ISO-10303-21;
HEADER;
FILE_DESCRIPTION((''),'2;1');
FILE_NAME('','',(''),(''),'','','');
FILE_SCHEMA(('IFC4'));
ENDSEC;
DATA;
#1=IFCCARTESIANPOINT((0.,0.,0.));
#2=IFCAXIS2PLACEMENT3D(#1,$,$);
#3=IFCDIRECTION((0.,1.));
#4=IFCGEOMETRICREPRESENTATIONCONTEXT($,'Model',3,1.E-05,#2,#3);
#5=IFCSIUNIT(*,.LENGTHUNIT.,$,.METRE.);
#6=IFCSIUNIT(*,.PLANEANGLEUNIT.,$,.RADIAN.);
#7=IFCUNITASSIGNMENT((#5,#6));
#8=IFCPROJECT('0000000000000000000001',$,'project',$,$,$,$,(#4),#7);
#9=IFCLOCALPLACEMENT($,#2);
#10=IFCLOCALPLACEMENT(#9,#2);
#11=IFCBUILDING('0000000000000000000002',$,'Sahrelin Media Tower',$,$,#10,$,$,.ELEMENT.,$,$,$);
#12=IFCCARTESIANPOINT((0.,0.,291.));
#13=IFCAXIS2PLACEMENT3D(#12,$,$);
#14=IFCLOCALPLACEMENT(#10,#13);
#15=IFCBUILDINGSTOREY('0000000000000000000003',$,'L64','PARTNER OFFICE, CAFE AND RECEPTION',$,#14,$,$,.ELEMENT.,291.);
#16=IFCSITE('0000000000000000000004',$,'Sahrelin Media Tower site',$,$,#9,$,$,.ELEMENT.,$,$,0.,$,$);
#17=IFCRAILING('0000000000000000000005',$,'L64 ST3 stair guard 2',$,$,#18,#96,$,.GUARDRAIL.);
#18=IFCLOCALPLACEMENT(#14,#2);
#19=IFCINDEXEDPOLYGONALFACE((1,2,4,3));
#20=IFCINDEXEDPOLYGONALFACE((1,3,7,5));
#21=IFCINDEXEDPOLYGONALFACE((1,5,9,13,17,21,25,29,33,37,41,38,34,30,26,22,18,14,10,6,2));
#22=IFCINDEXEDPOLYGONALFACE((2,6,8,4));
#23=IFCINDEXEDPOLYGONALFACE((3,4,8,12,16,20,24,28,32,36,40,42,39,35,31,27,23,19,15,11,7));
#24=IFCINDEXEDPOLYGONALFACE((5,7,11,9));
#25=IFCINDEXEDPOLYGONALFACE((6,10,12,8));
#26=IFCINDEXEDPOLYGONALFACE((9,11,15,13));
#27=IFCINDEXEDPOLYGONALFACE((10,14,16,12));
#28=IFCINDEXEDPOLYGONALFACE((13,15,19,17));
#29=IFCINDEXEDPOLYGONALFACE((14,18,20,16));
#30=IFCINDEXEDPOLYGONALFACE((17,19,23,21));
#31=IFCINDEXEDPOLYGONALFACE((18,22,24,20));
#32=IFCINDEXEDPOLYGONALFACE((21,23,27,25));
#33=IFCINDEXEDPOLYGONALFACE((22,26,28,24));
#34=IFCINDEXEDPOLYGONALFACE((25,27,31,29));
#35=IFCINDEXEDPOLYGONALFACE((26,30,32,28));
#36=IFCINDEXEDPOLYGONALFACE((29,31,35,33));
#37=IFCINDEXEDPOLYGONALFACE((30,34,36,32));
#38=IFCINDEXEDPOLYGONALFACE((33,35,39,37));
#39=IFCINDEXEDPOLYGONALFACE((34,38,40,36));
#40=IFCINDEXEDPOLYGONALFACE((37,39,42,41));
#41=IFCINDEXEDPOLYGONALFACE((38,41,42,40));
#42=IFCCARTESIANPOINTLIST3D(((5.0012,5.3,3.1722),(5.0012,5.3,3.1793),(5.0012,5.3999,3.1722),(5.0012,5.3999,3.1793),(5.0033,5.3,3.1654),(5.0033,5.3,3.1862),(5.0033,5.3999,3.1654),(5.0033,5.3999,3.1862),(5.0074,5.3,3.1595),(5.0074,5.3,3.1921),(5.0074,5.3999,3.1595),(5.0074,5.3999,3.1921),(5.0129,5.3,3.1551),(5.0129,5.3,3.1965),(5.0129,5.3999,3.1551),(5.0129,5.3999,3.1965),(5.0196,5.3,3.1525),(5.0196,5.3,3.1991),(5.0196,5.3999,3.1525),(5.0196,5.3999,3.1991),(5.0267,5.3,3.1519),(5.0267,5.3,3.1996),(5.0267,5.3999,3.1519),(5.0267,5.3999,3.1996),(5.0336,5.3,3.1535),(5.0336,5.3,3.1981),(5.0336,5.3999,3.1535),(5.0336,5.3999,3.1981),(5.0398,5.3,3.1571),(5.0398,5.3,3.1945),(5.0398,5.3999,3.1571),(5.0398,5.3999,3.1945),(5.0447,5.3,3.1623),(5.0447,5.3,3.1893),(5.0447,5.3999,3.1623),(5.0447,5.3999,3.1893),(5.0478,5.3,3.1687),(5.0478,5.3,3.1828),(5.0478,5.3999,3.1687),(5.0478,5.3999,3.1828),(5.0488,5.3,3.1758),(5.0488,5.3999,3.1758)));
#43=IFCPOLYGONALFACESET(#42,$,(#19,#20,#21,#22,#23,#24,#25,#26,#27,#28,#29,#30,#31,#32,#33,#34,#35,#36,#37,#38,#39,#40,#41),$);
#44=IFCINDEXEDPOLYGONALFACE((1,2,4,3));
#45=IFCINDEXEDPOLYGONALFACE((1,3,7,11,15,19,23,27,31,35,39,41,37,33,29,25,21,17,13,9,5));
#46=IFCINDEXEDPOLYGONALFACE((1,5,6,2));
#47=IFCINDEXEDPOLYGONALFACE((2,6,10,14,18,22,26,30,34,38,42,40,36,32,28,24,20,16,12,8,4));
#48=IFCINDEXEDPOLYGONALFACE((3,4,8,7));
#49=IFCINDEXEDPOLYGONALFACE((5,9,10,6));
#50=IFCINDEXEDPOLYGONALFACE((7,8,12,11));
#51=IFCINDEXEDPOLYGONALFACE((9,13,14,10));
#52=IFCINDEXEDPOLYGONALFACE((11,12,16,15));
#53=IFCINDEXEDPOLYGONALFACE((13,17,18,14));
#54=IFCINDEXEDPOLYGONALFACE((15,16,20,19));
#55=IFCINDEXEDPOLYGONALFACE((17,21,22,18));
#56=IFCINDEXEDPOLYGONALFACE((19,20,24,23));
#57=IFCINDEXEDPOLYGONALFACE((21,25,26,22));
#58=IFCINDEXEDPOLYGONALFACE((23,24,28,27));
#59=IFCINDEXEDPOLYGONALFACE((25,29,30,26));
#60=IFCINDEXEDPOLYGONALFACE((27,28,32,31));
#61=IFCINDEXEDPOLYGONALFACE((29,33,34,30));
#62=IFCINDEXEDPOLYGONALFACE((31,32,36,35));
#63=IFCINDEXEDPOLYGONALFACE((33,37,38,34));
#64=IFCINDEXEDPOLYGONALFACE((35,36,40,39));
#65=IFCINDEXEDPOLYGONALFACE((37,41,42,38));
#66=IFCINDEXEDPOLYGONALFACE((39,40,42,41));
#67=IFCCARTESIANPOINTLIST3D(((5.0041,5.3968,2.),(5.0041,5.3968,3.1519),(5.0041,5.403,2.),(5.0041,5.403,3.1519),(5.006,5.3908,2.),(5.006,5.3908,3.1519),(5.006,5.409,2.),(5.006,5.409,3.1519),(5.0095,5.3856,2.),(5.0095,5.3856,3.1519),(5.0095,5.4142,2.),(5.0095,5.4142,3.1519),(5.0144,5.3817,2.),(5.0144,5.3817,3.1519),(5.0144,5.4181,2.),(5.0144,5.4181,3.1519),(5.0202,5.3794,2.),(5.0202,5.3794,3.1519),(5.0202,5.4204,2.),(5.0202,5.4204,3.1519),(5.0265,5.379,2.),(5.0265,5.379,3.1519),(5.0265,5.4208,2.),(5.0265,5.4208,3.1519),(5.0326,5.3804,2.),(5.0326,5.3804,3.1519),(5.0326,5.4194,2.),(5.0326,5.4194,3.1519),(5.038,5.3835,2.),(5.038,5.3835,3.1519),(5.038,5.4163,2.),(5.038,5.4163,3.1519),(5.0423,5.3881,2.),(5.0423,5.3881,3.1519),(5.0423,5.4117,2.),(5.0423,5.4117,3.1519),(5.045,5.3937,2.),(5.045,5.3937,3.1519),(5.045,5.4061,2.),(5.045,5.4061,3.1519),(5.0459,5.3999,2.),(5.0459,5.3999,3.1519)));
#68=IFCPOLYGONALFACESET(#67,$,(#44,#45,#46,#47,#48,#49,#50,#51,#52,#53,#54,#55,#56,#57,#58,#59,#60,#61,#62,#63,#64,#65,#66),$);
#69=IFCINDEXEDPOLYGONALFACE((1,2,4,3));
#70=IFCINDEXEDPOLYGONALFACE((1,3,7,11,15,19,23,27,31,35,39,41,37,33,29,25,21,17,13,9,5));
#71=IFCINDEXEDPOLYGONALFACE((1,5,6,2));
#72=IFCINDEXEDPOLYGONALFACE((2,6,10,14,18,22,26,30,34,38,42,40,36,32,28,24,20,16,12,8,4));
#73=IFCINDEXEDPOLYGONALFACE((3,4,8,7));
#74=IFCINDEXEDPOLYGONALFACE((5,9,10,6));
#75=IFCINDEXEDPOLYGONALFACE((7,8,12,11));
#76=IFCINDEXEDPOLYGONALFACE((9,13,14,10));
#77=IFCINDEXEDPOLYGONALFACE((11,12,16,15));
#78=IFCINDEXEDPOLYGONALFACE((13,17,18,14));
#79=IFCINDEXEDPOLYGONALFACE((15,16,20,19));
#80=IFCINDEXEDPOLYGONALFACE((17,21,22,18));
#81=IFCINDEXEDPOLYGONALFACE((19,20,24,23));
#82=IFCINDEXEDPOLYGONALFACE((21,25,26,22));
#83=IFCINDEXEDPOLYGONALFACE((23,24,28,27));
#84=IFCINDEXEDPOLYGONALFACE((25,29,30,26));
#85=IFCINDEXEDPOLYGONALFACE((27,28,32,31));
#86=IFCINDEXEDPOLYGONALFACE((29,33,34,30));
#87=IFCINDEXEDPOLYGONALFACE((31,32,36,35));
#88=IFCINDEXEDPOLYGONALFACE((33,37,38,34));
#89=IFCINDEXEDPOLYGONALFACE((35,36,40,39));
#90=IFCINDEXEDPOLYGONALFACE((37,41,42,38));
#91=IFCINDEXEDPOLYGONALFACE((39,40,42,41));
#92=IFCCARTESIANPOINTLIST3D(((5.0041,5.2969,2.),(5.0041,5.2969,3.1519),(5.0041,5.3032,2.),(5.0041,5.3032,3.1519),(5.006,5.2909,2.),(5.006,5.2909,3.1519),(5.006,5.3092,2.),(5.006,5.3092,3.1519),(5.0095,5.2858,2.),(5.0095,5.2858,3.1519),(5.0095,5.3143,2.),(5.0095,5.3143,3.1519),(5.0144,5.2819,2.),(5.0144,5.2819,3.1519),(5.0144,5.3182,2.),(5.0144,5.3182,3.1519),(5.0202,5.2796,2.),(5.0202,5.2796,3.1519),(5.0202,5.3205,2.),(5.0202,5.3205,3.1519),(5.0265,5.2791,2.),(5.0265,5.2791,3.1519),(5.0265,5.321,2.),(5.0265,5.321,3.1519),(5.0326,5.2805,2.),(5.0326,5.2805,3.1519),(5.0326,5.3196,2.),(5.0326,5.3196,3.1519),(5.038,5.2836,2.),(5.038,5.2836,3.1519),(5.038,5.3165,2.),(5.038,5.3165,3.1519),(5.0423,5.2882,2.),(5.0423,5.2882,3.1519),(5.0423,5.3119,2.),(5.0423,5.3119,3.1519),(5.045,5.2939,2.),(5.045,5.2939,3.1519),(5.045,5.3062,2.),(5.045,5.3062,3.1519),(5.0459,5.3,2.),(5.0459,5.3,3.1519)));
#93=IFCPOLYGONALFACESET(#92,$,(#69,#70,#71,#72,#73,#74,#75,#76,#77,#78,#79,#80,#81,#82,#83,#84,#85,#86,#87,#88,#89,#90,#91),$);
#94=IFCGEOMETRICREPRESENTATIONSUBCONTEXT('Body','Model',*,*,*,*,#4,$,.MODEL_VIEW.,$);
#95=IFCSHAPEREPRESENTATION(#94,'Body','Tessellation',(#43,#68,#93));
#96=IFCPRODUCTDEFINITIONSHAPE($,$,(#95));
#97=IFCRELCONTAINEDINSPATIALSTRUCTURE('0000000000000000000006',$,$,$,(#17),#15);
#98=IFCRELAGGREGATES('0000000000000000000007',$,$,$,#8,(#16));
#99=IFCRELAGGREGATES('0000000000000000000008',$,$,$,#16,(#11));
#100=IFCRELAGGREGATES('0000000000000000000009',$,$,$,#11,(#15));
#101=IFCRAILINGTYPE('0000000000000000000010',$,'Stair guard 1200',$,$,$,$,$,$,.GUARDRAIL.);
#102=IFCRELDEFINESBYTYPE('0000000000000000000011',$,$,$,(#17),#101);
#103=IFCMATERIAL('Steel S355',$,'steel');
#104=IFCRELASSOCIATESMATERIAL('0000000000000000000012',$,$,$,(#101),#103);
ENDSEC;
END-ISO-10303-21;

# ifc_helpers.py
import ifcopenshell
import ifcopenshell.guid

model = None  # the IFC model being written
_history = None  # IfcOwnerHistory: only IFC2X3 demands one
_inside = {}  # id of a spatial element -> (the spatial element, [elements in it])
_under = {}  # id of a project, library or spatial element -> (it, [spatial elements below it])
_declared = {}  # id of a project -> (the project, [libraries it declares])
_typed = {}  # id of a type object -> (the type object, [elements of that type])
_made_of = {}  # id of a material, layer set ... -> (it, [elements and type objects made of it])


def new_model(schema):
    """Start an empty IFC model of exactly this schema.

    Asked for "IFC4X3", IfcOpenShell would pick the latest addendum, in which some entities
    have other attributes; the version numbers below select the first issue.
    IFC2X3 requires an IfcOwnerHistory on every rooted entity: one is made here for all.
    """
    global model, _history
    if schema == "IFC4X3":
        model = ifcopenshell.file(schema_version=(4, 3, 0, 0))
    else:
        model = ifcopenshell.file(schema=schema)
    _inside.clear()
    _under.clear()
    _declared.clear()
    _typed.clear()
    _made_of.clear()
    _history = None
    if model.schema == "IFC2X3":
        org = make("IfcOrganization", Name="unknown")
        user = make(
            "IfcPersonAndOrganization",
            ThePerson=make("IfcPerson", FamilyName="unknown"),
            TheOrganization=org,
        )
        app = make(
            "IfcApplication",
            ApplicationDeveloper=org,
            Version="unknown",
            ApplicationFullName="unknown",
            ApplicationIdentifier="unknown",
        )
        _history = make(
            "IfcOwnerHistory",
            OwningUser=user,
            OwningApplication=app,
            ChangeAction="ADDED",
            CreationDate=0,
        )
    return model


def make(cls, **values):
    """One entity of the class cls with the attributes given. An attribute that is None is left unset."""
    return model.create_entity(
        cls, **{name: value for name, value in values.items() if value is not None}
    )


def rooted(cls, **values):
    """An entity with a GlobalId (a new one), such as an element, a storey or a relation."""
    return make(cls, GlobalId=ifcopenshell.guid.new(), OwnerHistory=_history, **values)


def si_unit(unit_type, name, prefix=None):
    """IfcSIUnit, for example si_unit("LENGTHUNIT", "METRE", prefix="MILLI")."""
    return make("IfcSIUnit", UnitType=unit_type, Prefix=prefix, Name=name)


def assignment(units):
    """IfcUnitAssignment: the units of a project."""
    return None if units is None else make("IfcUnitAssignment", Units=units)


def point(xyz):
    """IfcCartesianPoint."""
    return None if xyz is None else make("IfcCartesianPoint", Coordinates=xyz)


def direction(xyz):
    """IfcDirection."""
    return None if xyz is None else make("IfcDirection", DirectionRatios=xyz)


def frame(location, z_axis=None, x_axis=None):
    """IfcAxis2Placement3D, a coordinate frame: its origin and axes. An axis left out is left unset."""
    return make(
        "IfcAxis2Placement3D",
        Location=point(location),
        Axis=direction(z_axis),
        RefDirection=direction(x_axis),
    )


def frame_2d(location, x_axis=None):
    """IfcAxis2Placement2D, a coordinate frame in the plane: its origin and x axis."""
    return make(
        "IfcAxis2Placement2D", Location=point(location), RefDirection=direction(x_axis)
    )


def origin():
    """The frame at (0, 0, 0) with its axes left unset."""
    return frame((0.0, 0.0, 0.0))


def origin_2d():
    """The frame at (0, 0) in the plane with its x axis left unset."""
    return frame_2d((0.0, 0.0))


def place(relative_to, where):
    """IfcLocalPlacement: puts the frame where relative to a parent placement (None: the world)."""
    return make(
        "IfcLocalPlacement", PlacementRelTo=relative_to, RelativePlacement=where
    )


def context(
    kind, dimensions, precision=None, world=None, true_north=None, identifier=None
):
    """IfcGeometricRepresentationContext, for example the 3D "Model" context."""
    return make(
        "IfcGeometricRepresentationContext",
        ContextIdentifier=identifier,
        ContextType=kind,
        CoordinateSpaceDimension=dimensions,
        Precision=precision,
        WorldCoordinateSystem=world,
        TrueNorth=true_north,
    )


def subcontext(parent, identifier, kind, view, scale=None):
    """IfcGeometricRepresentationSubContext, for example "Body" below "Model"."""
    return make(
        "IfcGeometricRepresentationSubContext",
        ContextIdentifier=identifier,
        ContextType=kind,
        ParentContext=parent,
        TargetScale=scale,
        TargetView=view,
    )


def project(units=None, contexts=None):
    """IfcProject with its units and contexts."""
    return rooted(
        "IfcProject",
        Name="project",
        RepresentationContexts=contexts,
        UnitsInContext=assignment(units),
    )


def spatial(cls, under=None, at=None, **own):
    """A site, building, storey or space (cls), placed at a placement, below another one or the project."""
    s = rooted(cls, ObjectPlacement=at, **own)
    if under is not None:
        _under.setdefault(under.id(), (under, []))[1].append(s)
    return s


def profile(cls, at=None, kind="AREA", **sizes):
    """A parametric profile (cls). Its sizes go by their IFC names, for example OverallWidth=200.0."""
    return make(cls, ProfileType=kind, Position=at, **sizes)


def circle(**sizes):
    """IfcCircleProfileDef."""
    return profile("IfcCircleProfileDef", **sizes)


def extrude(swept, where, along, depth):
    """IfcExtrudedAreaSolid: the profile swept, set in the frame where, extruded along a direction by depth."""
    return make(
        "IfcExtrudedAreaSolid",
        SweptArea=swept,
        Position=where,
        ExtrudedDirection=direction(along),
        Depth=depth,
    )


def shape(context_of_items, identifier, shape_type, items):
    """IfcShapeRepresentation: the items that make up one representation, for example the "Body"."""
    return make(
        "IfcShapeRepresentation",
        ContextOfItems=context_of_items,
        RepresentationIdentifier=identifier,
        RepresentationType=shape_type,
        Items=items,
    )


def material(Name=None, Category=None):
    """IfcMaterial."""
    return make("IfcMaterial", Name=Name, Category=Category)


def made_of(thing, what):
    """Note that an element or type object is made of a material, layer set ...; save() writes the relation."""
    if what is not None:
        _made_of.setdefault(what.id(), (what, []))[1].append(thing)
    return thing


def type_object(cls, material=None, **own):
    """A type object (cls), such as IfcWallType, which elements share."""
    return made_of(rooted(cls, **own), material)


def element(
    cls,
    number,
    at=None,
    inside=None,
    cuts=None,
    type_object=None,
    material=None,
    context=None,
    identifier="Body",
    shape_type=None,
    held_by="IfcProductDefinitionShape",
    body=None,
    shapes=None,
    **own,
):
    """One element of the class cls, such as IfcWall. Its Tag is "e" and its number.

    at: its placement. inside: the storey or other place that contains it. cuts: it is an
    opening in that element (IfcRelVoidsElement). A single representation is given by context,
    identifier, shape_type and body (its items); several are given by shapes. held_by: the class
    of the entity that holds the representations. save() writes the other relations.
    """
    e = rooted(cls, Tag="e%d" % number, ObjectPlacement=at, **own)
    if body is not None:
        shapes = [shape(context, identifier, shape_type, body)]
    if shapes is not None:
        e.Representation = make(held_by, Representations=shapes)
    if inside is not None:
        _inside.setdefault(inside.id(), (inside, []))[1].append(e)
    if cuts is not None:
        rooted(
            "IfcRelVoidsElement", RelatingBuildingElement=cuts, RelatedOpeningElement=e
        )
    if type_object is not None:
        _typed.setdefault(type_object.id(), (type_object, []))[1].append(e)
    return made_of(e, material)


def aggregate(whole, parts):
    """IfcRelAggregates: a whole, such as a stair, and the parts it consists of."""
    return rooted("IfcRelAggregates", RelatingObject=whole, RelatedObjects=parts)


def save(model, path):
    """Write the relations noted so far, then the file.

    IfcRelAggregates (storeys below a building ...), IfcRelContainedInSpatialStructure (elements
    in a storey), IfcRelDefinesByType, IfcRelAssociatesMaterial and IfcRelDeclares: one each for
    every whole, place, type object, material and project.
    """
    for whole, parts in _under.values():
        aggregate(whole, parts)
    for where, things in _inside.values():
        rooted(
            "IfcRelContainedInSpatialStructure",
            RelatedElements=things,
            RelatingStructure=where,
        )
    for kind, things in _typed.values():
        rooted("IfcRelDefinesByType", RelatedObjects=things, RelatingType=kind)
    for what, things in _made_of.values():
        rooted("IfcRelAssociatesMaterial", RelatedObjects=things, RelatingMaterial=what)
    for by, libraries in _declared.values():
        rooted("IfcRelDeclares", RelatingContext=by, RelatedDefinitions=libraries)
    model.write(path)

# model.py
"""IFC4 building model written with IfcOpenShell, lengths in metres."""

from ifc_helpers import new_model, si_unit, direction, frame, origin, origin_2d, place, context, subcontext, project, spatial, circle, extrude, material, type_object, element, save


model = new_model("IFC4")

# Units and contexts
model_context = context("Model", 3, precision=1e-05, world=origin(), true_north=direction((0.0, 1.0)))
body_context = subcontext(model_context, "Body", "Model", "MODEL_VIEW")
ifc_project = project(units=[si_unit("LENGTHUNIT", "METRE"), si_unit("PLANEANGLEUNIT", "RADIAN")], contexts=[model_context])

# Site, building, storey
site_placement = place(None, origin())
site = spatial("IfcSite", under=ifc_project, at=site_placement, Name="Sahrelin Media Tower site", CompositionType="ELEMENT", RefElevation=0.0)
building_placement = place(site_placement, origin())
building = spatial("IfcBuilding", under=site, at=building_placement, Name="Sahrelin Media Tower", CompositionType="ELEMENT")
storey_placement = place(building_placement, frame((0.0, 0.0, 291.0)))
storey = spatial("IfcBuildingStorey", under=building, at=storey_placement, Name="L64", Description="PARTNER OFFICE, CAFE AND RECEPTION", CompositionType="ELEMENT", Elevation=291.0)

# Shared definitions
ifc_material_1 = material(Name="Steel S355", Category="steel")

# Railing
railing_type_1 = type_object("IfcRailingType", Name="Stair guard 1200", PredefinedType="GUARDRAIL", material=ifc_material_1)
railing_1_placement = place(storey_placement, frame((5.0249, 5.3999, 2.0)))
element("IfcRailing", 1, at=railing_1_placement, inside=storey, type_object=railing_type_1, Name="L64 ST3 stair guard 2", PredefinedType="GUARDRAIL", context=body_context, shape_type="SweptSolid", body=[
    extrude(circle(Radius=0.0239, at=origin_2d()), frame((0.0, 0.0, 1.1758), z_axis=(0.0, -1.0, 0.0), x_axis=(1.0, 0.0, 0.0)), (0.0, 0.0, 1.0), 0.0999),
    extrude(circle(Radius=0.021, at=origin_2d()), origin(), (0.0, 0.0, 1.0), 1.1519),
    extrude(circle(Radius=0.021, at=origin_2d()), frame((0.0, -0.0999, 0.0)), (0.0, 0.0, 1.0), 1.1519),
])

save(model, "model.ifc")
